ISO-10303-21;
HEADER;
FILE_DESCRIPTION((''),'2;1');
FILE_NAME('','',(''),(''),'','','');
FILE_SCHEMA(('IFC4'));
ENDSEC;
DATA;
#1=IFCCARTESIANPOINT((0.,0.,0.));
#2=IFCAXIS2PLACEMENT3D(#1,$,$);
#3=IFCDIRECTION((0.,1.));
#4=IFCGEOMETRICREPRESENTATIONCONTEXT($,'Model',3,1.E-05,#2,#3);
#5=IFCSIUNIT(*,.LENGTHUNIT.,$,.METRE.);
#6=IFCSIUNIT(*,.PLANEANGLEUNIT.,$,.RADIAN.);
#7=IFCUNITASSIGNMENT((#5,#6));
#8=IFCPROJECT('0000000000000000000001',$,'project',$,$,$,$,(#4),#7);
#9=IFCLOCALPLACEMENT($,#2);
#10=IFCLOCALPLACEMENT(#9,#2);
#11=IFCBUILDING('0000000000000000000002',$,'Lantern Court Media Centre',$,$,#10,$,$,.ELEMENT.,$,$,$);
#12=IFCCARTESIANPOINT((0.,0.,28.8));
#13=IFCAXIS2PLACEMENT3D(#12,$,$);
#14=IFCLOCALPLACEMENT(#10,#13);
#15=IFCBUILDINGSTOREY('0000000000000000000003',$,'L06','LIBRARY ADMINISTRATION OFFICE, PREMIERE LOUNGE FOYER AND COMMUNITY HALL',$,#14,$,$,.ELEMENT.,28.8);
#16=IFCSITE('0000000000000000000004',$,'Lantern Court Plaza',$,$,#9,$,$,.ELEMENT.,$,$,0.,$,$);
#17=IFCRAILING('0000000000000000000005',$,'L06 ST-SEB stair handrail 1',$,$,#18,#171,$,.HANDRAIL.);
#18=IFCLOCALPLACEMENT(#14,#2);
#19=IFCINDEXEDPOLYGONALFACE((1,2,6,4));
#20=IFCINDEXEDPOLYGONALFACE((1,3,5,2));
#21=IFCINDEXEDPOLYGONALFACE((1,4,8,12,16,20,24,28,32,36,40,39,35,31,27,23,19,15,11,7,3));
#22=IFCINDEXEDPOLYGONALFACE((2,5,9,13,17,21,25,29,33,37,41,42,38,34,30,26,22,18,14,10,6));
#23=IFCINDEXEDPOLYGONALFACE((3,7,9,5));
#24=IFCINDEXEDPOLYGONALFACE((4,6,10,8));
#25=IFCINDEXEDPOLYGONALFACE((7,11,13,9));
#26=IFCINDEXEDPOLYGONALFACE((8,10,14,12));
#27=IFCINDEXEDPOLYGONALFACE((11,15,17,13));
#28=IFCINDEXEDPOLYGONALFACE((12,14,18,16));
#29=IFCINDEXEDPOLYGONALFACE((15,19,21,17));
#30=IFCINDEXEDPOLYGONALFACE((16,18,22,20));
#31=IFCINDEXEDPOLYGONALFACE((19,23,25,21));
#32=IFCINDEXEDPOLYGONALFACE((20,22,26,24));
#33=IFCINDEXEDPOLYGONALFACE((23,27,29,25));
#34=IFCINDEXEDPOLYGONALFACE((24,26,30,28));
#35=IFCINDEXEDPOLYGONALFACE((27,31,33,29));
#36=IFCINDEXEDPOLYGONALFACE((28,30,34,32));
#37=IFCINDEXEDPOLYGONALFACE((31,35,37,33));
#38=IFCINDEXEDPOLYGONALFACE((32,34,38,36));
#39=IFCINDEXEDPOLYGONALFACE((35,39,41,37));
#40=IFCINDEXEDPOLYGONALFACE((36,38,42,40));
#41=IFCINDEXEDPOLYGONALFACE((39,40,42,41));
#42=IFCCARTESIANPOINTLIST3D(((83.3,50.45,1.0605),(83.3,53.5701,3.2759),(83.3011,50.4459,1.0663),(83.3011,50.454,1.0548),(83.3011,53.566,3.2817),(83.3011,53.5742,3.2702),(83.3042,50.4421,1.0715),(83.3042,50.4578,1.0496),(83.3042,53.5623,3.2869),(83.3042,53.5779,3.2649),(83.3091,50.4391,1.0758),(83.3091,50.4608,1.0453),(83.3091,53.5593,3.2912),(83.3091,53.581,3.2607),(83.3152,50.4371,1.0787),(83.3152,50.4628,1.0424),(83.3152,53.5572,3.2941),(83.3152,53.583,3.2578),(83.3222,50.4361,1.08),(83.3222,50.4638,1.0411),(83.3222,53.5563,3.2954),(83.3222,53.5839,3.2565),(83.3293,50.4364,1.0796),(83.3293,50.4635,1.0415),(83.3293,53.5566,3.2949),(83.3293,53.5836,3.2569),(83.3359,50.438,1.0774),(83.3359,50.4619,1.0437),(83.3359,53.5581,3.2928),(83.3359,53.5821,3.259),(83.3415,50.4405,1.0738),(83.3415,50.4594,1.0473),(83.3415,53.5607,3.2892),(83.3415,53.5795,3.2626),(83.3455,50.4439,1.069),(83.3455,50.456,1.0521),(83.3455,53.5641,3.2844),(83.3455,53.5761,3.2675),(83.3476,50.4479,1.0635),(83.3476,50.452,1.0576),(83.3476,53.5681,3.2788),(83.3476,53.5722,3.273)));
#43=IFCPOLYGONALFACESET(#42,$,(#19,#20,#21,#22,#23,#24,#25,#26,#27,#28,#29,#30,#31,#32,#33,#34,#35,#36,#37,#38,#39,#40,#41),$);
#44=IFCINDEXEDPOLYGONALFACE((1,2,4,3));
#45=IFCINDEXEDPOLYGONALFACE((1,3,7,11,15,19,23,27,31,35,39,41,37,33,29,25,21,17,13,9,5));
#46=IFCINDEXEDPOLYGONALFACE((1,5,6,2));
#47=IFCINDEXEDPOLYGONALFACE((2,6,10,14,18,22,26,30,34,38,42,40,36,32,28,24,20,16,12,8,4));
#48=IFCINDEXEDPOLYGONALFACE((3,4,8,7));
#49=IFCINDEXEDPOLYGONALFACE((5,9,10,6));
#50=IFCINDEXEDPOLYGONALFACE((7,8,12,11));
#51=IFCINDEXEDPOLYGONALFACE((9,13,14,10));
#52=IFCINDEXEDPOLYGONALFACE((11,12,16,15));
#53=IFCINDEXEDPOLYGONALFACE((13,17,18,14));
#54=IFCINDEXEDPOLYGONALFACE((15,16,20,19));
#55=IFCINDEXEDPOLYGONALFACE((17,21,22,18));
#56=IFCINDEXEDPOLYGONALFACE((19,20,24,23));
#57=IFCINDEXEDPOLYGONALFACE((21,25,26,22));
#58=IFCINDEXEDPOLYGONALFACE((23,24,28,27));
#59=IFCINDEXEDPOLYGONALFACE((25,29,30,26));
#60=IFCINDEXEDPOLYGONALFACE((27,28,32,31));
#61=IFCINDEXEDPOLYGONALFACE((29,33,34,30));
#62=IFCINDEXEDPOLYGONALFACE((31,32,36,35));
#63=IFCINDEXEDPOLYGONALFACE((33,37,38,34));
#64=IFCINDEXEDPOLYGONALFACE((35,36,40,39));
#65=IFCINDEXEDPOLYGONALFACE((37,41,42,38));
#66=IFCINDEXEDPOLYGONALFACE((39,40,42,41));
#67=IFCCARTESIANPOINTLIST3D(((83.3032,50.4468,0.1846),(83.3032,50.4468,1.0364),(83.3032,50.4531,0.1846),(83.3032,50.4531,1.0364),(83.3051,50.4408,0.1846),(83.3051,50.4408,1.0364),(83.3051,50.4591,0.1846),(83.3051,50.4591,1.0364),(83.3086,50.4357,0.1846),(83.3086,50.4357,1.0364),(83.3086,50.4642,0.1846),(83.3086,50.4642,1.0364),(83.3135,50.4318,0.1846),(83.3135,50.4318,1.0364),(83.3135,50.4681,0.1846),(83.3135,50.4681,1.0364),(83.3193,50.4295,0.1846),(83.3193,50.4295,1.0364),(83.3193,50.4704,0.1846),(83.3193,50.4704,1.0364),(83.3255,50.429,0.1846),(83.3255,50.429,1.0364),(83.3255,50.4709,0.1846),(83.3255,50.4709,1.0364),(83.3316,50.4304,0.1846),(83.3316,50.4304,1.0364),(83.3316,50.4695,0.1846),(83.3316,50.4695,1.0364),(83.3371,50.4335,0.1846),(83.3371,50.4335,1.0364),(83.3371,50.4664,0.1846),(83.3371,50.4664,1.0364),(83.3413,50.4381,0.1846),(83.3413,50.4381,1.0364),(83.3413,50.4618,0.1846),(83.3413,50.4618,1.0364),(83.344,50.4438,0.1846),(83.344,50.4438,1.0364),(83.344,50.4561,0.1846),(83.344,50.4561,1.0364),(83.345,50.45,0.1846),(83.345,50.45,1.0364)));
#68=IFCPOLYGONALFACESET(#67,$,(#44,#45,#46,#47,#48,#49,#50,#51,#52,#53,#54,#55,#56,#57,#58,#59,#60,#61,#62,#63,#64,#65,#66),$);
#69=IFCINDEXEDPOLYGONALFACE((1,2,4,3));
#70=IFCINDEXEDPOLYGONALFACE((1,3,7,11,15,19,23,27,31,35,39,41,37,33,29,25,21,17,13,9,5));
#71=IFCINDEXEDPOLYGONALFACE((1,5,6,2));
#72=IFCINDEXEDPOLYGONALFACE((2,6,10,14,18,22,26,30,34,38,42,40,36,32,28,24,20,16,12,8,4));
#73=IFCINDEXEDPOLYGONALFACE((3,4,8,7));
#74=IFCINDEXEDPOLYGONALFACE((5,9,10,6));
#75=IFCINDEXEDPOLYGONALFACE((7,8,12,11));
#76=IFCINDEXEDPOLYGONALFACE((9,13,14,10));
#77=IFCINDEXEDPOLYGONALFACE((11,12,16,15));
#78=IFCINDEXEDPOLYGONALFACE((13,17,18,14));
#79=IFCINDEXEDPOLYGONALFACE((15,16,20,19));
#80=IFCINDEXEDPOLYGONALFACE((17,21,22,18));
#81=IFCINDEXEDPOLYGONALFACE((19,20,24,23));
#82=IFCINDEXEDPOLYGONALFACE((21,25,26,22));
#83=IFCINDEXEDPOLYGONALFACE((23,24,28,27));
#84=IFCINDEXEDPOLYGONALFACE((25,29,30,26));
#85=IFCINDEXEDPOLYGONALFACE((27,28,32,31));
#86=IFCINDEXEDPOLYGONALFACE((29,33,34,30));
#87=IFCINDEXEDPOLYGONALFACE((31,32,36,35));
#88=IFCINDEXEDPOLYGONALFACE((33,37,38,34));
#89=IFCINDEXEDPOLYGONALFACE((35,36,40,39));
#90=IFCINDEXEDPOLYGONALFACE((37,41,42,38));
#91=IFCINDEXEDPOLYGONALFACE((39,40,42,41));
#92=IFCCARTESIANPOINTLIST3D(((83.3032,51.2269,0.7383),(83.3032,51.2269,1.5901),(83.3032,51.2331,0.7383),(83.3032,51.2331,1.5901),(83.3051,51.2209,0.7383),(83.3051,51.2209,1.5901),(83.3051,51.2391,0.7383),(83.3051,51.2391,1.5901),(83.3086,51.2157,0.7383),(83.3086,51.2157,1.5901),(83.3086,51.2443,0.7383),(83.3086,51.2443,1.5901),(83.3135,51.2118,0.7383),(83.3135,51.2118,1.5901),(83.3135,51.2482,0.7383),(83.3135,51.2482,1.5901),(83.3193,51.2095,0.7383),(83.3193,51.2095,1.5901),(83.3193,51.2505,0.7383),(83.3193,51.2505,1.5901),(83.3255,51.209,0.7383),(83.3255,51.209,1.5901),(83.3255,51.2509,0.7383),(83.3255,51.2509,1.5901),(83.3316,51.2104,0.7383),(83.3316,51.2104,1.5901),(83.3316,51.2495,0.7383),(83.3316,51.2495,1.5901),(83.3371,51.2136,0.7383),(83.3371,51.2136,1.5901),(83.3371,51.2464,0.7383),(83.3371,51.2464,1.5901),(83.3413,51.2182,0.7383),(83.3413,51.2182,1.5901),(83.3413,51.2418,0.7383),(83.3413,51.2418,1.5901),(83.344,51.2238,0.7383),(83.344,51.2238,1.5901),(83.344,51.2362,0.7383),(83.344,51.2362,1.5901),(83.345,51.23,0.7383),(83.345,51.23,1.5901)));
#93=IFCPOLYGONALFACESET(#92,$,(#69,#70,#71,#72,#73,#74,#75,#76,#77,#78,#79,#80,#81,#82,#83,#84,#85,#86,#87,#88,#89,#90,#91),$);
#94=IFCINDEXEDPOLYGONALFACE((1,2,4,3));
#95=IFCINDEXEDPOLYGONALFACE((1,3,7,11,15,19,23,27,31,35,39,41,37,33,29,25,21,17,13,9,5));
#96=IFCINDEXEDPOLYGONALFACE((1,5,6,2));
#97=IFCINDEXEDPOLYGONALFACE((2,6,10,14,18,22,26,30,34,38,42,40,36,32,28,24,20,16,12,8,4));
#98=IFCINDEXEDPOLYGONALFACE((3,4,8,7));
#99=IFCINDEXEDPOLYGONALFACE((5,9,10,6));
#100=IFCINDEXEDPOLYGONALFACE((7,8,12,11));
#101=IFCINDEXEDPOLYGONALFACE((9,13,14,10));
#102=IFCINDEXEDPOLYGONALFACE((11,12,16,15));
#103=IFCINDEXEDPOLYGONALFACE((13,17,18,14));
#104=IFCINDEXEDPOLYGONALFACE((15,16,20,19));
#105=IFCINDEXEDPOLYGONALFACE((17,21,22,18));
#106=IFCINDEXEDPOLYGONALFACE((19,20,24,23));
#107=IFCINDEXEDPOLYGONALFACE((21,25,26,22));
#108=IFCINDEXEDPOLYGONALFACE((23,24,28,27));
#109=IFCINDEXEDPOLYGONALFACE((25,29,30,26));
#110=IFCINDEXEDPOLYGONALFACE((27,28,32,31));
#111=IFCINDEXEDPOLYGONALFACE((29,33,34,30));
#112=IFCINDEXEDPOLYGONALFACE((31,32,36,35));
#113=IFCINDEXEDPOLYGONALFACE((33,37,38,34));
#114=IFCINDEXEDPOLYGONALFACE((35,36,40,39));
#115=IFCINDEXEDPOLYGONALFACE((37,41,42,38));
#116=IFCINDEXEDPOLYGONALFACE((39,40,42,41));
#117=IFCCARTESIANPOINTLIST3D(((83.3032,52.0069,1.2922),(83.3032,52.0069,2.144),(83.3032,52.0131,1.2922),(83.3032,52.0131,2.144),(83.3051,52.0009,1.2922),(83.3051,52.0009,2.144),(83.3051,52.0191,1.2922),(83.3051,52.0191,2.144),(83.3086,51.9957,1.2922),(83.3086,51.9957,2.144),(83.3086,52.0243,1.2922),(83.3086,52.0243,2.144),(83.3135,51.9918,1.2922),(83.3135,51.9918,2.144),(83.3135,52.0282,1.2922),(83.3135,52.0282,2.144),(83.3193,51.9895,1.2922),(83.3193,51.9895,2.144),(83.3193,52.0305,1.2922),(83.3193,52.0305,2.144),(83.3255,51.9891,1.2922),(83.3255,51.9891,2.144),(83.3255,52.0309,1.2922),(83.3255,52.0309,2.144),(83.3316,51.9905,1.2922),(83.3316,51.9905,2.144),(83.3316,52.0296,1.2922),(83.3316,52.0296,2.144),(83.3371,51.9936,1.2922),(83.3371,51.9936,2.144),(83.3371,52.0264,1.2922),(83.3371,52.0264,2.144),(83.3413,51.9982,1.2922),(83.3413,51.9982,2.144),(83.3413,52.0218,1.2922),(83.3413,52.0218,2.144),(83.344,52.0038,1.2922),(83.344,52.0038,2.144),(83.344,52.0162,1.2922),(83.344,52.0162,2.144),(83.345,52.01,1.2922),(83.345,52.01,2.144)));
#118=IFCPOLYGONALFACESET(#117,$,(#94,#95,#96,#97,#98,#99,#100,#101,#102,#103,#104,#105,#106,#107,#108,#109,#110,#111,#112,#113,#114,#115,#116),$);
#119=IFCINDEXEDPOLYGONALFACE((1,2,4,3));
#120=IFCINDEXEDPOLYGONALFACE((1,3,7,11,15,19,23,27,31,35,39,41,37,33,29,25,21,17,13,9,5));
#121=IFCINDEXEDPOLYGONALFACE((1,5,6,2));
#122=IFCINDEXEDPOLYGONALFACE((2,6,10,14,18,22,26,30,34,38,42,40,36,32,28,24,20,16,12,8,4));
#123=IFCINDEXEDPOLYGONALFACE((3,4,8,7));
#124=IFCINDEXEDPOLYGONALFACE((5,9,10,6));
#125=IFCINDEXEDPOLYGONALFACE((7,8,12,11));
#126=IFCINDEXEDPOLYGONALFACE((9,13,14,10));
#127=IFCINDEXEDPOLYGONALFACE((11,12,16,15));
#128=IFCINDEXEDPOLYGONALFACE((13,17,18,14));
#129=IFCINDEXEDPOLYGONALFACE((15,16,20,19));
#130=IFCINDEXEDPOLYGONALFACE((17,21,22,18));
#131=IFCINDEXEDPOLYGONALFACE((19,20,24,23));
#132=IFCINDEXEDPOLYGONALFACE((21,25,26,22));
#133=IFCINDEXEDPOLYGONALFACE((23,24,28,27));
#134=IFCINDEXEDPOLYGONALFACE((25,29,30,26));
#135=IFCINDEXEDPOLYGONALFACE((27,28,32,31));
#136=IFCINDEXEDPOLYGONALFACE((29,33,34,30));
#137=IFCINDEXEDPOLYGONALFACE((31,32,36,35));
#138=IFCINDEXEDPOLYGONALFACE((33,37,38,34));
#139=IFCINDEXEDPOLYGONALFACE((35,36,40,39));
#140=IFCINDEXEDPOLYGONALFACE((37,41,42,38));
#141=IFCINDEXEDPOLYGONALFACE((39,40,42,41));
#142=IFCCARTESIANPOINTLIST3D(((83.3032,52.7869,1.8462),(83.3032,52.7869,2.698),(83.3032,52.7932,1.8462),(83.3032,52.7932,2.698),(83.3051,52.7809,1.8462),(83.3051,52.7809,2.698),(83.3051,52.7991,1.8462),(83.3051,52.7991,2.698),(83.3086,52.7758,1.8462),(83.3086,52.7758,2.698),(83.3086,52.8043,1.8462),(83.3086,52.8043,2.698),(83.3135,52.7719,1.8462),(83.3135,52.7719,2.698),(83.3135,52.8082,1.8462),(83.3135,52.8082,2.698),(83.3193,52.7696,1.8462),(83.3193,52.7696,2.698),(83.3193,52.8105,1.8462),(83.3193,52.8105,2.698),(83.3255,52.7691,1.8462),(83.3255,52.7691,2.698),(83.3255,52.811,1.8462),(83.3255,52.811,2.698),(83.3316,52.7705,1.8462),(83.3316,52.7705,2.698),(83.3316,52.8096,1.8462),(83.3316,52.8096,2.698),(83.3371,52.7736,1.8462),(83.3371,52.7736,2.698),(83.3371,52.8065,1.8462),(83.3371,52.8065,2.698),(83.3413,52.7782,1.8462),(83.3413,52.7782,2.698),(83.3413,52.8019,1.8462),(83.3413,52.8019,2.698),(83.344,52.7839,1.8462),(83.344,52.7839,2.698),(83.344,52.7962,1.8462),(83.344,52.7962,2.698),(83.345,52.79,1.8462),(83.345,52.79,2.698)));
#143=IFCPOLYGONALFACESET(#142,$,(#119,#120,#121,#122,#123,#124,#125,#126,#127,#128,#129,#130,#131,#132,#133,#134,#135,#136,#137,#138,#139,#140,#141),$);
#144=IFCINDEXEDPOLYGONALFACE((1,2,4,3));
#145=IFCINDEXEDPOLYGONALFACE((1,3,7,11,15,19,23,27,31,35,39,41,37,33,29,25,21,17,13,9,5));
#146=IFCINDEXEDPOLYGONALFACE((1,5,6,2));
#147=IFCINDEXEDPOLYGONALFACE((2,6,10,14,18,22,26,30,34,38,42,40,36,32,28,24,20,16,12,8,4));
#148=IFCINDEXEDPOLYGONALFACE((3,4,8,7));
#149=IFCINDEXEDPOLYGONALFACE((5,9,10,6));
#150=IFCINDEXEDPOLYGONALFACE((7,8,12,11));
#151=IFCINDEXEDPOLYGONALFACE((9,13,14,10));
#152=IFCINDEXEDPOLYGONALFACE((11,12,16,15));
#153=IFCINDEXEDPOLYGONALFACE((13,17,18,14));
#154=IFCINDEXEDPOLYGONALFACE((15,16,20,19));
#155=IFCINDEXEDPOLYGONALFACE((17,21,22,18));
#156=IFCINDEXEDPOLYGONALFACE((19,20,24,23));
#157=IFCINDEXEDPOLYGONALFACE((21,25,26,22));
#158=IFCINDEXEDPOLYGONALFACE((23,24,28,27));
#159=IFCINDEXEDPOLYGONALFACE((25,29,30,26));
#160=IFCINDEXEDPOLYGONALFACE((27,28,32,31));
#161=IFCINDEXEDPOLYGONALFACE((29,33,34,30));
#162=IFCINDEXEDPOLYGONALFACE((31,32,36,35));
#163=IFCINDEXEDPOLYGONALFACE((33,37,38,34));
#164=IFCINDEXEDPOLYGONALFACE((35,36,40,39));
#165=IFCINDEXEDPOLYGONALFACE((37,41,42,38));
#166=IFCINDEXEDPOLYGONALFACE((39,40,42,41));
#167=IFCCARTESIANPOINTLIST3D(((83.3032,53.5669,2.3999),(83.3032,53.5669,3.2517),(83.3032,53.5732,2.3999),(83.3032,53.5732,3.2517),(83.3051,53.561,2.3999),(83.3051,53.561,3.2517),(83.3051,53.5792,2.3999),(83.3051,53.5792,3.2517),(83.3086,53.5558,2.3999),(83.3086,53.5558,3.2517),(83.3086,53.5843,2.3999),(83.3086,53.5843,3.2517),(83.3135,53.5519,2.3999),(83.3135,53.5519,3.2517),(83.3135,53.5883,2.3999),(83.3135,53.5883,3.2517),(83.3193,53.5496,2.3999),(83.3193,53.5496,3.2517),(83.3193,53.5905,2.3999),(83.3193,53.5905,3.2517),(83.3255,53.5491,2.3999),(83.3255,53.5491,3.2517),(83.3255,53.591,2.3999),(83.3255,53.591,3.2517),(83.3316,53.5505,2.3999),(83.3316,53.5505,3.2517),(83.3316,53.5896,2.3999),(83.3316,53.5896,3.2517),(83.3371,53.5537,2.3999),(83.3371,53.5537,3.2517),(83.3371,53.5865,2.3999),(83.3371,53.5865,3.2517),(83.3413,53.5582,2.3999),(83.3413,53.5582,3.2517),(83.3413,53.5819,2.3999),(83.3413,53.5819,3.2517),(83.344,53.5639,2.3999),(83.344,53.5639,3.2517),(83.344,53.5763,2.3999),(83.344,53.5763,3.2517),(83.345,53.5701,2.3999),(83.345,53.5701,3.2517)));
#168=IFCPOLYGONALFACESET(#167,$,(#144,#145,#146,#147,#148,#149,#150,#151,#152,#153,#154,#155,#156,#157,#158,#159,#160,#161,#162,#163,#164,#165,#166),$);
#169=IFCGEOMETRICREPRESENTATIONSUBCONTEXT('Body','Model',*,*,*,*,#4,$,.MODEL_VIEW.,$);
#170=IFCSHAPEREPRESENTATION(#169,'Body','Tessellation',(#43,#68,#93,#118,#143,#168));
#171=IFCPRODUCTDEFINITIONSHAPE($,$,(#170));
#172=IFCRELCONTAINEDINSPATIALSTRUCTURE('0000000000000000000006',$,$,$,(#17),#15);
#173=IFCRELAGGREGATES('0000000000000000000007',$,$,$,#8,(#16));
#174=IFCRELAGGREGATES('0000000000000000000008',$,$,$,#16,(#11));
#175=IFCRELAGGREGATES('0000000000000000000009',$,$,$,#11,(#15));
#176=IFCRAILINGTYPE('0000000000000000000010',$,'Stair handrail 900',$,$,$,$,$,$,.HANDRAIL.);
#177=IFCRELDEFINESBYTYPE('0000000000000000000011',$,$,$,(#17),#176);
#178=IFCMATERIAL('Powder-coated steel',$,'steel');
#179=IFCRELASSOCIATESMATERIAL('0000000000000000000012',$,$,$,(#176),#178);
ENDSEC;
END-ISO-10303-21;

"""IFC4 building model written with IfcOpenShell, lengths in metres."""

from ifc_helpers import new_model, si_unit, direction, frame, origin, origin_2d, place, context, subcontext, project, spatial, circle, extrude, material, type_object, element, save


model = new_model("IFC4")

# Units and contexts
model_context = context("Model", 3, precision=1e-05, world=origin(), true_north=direction((0.0, 1.0)))
body_context = subcontext(model_context, "Body", "Model", "MODEL_VIEW")
ifc_project = project(units=[si_unit("LENGTHUNIT", "METRE"), si_unit("PLANEANGLEUNIT", "RADIAN")], contexts=[model_context])

# Site, building, storey
site_placement = place(None, origin())
site = spatial("IfcSite", under=ifc_project, at=site_placement, Name="Lantern Court Plaza", CompositionType="ELEMENT", RefElevation=0.0)
building_placement = place(site_placement, origin())
building = spatial("IfcBuilding", under=site, at=building_placement, Name="Lantern Court Media Centre", CompositionType="ELEMENT")
storey_placement = place(building_placement, frame((0.0, 0.0, 28.8)))
storey = spatial("IfcBuildingStorey", under=building, at=storey_placement, Name="L06", Description="LIBRARY ADMINISTRATION OFFICE, PREMIERE LOUNGE FOYER AND COMMUNITY HALL", CompositionType="ELEMENT", Elevation=28.8)

# Railing
ifc_material_1 = material(Name="Powder-coated steel", Category="steel")
railing_type_1 = type_object("IfcRailingType", Name="Stair handrail 900", PredefinedType="HANDRAIL", material=ifc_material_1)
railing_1_placement = place(storey_placement, frame((83.324, 50.45, 0.1846)))
element("IfcRailing", 1, at=railing_1_placement, inside=storey, type_object=railing_type_1, Name="L06 ST-SEB stair handrail 1", PredefinedType="HANDRAIL", context=body_context, shape_type="SweptSolid", body=[
    extrude(circle(Radius=0.0239, at=origin_2d()), frame((0.0, 0.0, 0.876), z_axis=(0.0, 0.815377, 0.57893), x_axis=(-1.0, 0.0, 0.0)), (0.0, 0.0, 1.0), 3.8267),
    extrude(circle(Radius=0.021, at=origin_2d()), origin(), (0.0, 0.0, 1.0), 0.8518),
    extrude(circle(Radius=0.021, at=origin_2d()), frame((0.0, 0.78, 0.5537)), (0.0, 0.0, 1.0), 0.8518),
    extrude(circle(Radius=0.021, at=origin_2d()), frame((0.0, 1.5601, 1.1077)), (0.0, 0.0, 1.0), 0.8518),
    extrude(circle(Radius=0.021, at=origin_2d()), frame((0.0, 2.3401, 1.6616)), (0.0, 0.0, 1.0), 0.8518),
    extrude(circle(Radius=0.021, at=origin_2d()), frame((0.0, 3.1201, 2.2153)), (0.0, 0.0, 1.0), 0.8518),
])

save(model, "model.ifc")
